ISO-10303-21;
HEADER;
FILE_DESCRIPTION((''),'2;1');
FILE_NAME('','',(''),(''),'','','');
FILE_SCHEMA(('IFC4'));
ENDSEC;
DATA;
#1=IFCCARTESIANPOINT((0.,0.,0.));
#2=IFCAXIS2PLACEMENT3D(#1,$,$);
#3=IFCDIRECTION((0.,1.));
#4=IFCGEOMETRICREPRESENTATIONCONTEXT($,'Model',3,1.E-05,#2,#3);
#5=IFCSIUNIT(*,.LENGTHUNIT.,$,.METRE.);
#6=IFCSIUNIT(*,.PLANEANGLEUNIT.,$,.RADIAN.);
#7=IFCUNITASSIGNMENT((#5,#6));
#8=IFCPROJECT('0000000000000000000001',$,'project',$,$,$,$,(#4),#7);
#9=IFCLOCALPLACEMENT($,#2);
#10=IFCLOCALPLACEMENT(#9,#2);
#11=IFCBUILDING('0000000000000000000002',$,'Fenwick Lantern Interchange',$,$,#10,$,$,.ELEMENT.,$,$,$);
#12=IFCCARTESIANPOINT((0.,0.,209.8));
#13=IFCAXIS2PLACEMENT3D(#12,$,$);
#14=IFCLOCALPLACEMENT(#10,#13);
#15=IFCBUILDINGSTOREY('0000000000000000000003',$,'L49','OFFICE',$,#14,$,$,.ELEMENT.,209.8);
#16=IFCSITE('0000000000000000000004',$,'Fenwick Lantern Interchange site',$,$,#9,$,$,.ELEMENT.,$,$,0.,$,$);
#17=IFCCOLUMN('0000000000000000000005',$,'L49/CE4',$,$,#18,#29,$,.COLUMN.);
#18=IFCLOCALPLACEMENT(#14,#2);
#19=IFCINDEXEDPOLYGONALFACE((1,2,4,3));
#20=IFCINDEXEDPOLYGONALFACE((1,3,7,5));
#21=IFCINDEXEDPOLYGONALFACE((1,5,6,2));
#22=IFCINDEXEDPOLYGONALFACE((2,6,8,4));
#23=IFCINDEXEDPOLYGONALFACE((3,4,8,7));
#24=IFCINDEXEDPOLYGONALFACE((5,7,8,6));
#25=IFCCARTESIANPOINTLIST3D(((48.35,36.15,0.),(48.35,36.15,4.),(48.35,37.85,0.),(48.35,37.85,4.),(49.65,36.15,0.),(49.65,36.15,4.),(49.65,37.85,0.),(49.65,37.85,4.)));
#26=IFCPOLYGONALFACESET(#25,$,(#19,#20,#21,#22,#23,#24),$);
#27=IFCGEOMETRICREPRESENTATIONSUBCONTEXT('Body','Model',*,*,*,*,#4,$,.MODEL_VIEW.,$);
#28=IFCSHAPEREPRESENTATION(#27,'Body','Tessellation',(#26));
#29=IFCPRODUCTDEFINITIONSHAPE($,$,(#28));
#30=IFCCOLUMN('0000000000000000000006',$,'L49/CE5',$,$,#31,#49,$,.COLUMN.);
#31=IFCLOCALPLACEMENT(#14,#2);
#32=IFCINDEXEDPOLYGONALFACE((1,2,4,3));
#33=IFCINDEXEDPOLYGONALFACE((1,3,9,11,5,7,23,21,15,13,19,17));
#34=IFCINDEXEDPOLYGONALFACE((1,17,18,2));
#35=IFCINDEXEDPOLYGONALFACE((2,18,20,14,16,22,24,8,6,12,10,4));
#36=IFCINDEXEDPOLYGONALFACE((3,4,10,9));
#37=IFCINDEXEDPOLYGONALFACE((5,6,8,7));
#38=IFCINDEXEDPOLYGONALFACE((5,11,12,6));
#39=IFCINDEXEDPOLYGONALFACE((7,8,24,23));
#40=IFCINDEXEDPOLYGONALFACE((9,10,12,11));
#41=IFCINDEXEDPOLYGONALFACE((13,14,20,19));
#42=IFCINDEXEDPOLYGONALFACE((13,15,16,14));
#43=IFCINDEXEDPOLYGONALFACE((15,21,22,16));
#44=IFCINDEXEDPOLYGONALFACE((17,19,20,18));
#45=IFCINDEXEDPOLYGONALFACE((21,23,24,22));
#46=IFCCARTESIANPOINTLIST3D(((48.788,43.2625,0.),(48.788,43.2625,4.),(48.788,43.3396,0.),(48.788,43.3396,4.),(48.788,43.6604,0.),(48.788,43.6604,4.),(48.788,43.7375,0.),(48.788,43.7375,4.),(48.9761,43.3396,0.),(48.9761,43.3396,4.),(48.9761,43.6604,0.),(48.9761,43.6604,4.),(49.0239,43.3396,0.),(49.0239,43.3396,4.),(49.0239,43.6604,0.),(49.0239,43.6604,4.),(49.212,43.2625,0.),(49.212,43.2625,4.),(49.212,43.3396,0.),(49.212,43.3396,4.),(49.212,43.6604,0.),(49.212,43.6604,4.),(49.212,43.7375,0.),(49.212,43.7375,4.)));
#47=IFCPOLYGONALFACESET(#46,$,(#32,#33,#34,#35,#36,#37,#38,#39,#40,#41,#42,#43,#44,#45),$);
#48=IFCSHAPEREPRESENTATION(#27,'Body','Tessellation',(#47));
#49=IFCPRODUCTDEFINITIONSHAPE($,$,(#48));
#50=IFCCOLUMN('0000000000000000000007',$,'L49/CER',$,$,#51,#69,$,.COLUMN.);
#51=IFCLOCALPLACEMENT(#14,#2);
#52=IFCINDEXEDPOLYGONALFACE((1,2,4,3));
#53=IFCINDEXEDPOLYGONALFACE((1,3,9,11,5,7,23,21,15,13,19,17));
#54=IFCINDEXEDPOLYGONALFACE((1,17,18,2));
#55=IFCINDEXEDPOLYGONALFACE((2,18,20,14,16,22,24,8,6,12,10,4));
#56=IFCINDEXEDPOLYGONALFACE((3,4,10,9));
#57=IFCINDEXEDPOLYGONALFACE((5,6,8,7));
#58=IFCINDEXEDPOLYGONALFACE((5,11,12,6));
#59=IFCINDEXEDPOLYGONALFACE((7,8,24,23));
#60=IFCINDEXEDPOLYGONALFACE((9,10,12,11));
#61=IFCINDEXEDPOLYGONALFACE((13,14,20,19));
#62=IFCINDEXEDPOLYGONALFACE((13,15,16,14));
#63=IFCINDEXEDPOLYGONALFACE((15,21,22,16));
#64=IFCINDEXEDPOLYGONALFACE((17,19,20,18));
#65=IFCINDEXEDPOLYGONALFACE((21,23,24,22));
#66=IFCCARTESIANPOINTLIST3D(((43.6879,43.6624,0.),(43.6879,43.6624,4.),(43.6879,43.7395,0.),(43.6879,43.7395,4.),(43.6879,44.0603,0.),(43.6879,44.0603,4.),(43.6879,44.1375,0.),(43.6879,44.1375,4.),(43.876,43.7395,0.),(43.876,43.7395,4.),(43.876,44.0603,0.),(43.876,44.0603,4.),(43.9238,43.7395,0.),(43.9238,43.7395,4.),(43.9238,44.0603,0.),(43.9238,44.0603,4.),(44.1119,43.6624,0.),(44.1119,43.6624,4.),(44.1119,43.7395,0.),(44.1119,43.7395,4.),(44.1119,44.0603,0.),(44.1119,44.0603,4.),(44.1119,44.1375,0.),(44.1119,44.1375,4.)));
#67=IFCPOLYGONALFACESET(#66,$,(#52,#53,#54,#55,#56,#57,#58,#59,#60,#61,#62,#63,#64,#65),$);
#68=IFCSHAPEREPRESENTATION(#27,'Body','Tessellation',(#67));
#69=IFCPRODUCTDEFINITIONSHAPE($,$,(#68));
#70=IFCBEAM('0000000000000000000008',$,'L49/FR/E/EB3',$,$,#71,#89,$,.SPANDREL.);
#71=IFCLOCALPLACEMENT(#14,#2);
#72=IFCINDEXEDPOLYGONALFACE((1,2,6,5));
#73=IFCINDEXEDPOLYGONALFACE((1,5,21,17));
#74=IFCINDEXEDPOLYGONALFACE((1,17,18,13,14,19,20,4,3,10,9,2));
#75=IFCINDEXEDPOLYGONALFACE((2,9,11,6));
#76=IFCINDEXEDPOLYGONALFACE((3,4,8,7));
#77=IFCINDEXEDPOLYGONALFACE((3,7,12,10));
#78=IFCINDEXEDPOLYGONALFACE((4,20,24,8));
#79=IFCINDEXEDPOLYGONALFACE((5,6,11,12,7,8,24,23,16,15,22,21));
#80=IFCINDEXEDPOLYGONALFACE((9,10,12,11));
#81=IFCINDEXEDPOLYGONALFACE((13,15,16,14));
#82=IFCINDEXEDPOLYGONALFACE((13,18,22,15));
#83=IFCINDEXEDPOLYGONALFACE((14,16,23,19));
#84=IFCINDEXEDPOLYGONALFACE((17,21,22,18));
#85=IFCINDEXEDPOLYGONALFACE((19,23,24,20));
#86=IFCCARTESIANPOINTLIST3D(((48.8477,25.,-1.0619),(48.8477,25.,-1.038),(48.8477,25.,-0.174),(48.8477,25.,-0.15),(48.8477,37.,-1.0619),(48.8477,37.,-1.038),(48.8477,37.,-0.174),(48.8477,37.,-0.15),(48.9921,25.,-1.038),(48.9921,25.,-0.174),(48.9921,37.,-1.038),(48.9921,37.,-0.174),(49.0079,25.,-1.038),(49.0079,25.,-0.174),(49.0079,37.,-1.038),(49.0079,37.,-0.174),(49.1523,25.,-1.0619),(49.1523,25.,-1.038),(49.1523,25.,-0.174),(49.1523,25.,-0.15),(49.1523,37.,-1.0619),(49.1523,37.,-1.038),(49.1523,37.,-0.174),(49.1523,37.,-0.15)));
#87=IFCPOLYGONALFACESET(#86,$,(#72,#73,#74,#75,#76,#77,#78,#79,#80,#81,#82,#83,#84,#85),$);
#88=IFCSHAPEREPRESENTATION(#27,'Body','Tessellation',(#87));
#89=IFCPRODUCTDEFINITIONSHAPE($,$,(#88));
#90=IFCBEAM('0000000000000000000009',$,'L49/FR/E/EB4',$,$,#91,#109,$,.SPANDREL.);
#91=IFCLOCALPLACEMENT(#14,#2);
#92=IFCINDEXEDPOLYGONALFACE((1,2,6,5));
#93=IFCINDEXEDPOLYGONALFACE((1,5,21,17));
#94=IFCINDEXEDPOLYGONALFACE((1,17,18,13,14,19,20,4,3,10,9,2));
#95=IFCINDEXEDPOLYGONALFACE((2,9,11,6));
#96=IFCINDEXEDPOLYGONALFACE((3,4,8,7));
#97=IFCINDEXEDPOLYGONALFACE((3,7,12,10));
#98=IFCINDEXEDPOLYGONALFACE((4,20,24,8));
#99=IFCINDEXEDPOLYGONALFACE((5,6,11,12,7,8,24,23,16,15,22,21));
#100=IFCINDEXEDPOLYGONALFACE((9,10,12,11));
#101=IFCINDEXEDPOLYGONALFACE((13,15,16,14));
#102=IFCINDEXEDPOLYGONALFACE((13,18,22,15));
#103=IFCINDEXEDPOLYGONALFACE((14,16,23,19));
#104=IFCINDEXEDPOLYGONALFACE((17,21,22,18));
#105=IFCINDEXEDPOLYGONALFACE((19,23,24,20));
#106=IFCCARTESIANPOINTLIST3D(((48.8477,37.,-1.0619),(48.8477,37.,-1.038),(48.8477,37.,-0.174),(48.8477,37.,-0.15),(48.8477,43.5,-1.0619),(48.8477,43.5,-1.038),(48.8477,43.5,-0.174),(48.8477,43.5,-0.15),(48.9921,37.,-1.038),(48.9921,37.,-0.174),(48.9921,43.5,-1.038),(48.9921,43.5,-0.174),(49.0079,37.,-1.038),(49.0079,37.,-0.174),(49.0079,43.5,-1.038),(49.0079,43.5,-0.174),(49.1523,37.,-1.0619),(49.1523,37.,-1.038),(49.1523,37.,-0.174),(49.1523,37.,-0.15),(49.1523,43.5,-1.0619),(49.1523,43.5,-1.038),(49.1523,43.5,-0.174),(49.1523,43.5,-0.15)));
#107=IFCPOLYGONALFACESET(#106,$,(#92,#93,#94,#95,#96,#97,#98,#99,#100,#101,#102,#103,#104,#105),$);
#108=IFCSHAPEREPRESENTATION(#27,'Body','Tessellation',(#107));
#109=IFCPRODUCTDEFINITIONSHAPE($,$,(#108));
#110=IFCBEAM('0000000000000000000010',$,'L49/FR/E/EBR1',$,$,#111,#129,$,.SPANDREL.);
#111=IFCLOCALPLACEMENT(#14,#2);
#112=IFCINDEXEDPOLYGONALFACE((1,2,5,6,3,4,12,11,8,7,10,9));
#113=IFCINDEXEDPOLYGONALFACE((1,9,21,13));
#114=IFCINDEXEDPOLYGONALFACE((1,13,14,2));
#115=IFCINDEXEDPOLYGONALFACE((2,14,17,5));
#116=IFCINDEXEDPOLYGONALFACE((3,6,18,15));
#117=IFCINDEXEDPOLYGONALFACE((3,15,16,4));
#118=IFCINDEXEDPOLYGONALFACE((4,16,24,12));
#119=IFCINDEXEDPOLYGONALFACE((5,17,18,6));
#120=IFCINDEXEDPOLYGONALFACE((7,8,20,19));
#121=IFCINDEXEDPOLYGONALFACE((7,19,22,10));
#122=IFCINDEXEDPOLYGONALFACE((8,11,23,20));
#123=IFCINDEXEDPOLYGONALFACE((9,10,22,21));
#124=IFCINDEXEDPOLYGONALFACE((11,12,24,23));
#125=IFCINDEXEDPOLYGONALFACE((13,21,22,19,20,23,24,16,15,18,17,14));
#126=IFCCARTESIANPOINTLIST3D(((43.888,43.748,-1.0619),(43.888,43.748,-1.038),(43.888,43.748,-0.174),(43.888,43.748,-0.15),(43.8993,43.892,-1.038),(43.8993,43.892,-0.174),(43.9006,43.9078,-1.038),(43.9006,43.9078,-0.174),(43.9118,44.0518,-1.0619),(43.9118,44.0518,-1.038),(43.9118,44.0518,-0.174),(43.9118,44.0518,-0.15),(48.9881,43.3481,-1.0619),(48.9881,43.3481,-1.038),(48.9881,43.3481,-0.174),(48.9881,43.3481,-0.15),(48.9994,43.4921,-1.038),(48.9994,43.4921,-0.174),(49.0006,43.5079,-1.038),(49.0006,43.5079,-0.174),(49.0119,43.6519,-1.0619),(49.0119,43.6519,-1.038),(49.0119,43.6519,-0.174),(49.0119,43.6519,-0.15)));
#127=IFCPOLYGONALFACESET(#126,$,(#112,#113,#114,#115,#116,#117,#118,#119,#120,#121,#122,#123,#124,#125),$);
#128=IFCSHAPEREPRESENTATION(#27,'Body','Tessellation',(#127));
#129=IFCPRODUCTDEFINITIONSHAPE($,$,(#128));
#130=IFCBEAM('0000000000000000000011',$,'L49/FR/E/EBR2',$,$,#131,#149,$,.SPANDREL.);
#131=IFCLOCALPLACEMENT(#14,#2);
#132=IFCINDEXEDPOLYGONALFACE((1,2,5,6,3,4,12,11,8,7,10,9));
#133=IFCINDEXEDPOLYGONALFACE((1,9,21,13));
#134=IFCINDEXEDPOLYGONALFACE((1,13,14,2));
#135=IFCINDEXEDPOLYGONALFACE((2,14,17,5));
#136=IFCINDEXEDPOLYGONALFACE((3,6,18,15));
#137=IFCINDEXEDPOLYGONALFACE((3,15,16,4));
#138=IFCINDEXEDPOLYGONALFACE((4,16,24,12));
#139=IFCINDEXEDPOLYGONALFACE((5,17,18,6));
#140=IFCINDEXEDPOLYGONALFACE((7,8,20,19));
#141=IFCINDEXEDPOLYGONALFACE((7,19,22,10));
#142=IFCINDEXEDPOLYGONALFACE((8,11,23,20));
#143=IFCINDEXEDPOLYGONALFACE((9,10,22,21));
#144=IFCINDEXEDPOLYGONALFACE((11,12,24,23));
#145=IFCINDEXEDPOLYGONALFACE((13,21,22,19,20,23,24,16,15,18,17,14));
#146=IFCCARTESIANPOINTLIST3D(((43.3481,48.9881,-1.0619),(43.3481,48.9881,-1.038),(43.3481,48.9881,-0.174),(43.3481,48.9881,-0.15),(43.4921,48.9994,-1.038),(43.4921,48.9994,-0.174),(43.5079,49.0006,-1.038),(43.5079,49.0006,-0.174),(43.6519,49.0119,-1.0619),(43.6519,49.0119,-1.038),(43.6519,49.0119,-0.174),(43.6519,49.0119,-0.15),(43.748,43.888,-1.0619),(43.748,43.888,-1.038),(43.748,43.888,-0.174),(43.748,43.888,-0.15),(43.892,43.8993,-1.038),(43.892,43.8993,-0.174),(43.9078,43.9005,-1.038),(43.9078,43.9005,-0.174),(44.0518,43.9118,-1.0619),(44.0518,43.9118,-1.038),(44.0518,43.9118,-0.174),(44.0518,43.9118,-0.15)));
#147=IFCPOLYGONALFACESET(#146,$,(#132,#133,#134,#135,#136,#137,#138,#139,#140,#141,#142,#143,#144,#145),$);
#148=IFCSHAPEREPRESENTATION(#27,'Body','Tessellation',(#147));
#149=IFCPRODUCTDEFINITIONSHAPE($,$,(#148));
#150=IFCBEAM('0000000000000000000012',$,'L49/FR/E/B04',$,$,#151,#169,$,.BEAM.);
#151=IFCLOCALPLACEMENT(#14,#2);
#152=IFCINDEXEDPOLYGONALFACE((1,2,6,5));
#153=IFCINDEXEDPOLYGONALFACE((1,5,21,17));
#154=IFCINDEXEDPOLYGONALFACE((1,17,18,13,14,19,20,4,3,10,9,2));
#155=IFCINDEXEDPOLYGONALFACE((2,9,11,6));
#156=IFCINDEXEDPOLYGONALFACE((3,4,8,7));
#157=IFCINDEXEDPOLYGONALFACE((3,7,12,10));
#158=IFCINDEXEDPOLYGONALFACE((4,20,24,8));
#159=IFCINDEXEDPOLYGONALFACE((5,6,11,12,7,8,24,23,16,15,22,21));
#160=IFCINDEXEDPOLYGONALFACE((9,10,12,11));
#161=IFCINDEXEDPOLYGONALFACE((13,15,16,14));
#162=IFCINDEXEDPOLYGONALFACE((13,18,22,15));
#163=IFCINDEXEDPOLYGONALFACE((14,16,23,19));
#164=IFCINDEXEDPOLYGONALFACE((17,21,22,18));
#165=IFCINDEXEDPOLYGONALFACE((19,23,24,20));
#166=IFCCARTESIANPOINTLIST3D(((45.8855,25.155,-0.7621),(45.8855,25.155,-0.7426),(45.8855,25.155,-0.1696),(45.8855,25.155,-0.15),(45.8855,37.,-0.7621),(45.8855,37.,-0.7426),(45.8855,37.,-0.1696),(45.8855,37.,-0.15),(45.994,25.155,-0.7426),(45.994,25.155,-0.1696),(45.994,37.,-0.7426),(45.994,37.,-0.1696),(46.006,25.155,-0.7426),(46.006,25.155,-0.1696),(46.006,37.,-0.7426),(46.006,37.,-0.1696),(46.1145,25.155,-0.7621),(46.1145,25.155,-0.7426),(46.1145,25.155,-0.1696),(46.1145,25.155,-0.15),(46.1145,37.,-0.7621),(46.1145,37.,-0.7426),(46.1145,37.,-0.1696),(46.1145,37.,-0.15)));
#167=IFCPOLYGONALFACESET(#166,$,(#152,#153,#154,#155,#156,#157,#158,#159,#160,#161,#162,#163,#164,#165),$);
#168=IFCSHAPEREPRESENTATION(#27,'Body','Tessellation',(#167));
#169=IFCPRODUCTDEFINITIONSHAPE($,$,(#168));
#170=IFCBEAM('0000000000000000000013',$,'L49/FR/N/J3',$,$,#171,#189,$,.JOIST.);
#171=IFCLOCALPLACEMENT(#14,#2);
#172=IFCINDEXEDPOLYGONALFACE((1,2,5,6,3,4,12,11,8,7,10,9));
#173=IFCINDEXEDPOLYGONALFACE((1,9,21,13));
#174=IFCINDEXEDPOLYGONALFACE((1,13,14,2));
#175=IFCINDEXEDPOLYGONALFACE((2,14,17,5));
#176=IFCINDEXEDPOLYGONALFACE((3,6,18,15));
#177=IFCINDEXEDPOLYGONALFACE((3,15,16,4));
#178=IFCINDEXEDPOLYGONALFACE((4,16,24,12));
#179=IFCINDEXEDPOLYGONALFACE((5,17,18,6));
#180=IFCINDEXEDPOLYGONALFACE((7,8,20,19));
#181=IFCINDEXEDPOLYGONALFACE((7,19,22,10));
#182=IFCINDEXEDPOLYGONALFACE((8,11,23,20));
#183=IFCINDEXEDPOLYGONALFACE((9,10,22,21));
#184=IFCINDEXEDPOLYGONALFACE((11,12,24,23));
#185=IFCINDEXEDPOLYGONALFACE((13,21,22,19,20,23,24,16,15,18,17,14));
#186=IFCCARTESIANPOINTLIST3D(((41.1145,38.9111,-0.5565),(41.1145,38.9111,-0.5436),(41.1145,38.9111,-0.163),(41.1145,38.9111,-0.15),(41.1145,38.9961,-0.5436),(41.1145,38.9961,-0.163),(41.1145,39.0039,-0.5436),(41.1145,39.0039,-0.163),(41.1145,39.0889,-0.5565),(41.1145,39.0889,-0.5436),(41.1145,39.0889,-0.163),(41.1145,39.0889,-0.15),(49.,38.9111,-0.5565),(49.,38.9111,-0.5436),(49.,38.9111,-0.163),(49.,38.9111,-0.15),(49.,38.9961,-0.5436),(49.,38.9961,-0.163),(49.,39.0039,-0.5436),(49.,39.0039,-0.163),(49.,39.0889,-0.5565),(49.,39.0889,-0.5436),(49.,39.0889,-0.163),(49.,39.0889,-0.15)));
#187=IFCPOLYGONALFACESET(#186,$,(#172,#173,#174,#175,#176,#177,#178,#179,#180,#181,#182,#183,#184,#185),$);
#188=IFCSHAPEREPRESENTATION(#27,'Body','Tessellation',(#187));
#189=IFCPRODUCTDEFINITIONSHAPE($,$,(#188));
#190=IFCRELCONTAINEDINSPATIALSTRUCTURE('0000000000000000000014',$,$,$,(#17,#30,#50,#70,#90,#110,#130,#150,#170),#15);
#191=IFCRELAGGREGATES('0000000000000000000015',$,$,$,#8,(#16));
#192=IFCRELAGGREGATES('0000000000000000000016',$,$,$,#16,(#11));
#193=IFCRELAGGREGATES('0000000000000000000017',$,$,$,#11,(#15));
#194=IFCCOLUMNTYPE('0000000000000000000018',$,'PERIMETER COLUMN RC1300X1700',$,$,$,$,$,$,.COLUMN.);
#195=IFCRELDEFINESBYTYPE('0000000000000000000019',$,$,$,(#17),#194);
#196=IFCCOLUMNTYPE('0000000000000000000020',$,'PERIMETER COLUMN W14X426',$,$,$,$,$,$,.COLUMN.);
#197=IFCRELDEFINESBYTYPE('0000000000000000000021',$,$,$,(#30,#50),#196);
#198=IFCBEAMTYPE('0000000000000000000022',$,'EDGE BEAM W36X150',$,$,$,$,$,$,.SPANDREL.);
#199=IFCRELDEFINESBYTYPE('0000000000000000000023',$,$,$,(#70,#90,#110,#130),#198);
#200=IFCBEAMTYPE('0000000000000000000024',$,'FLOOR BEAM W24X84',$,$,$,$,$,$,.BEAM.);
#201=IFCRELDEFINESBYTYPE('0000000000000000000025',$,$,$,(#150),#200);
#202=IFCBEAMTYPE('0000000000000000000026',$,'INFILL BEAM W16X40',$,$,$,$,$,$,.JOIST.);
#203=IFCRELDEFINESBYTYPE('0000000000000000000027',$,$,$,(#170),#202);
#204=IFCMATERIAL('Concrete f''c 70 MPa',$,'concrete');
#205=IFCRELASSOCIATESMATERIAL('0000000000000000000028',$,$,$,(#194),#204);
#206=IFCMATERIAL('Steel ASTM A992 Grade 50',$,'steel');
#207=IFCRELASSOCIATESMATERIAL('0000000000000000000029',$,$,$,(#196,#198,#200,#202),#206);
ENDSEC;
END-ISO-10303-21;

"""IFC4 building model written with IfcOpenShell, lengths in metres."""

from ifc_helpers import new_model, si_unit, direction, frame, origin, origin_2d, place, context, subcontext, project, spatial, rectangle, i_section, extrude, material, material_profile, profile_set, type_object, element, save


model = new_model("IFC4")

# Units and contexts
model_context = context("Model", 3, precision=1e-05, world=origin(), true_north=direction((0.0, 1.0)))
body_context = subcontext(model_context, "Body", "Model", "MODEL_VIEW")
ifc_project = project(units=[si_unit("LENGTHUNIT", "METRE"), si_unit("PLANEANGLEUNIT", "RADIAN")], contexts=[model_context])

# Site, building, storey
site_placement = place(None, origin())
site = spatial("IfcSite", under=ifc_project, at=site_placement, Name="Fenwick Lantern Interchange site", CompositionType="ELEMENT", RefElevation=0.0)
building_placement = place(site_placement, origin())
building = spatial("IfcBuilding", under=site, at=building_placement, Name="Fenwick Lantern Interchange", CompositionType="ELEMENT")
storey_placement = place(building_placement, frame((0.0, 0.0, 209.8)))
storey = spatial("IfcBuildingStorey", under=building, at=storey_placement, Name="L49", Description="OFFICE", CompositionType="ELEMENT", Elevation=209.8)

# Columns
ifc_material_1 = material(Name="Concrete f'c 70 MPa", Category="concrete")
ifc_material_profile_1 = material_profile(ifc_material_1, rectangle(XDim=1.3, YDim=1.7, at=origin_2d()), Name="RC1300X1700")
ifc_profile_set_1 = profile_set([ifc_material_profile_1], Name="Concrete f'c 70 MPa")
column_type_1 = type_object("IfcColumnType", Name="PERIMETER COLUMN RC1300X1700", PredefinedType="COLUMN", material=ifc_profile_set_1)
column_placement = place(storey_placement, frame((49.0, 37.0, 0.0), z_axis=(0.0, 0.0, 1.0), x_axis=(1.0, 0.0, 0.0)))
element("IfcColumn", 1, at=column_placement, inside=storey, type_object=column_type_1, Name="L49/CE4", PredefinedType="COLUMN", context=body_context, shape_type="SweptSolid", body=[
    extrude(rectangle(XDim=1.3, YDim=1.7, at=origin_2d()), origin(), (0.0, 0.0, 1.0), 4.0),
])
ifc_material_2 = material(Name="Steel ASTM A992 Grade 50", Category="steel")
ifc_material_profile_2 = material_profile(ifc_material_2, i_section(OverallWidth=0.4241, OverallDepth=0.4751, WebThickness=0.0479, FlangeThickness=0.0771, at=origin_2d()), Name="W14X426")
ifc_profile_set_2 = profile_set([ifc_material_profile_2], Name="Steel ASTM A992 Grade 50")
column_type_2 = type_object("IfcColumnType", Name="PERIMETER COLUMN W14X426", PredefinedType="COLUMN", material=ifc_profile_set_2)
for number, where, z_axis, x_axis, name in (
    (2, (49.0, 43.5, 0.0), (0.0, 0.0, 1.0), (1.0, 0.0, 0.0), "L49/CE5"),
    (3, (43.8999, 43.8999, 0.0), (0.0, 0.0, 1.0), (1.0, 0.0, 0.0), "L49/CER"),
):
    element("IfcColumn", number, at=place(storey_placement, frame(where, z_axis=z_axis, x_axis=x_axis)), inside=storey, type_object=column_type_2, Name=name, PredefinedType="COLUMN", context=body_context, shape_type="SweptSolid", body=[
        extrude(i_section(OverallWidth=0.4241, OverallDepth=0.4751, WebThickness=0.0479, FlangeThickness=0.0771, at=origin_2d()), origin(), (0.0, 0.0, 1.0), 4.0),
    ])

# Beams
ifc_material_profile_3 = material_profile(ifc_material_2, i_section(OverallWidth=0.3047, OverallDepth=0.9119, WebThickness=0.0159, FlangeThickness=0.0239, at=origin_2d()), Name="W36X150")
ifc_profile_set_3 = profile_set([ifc_material_profile_3], Name="Steel ASTM A992 Grade 50")
beam_type_1 = type_object("IfcBeamType", Name="EDGE BEAM W36X150", PredefinedType="SPANDREL", material=ifc_profile_set_3)
beam_1_placement = place(storey_placement, frame((49.0, 25.0, -0.606), z_axis=(0.0, 1.0, 0.0), x_axis=(-1.0, 0.0, 0.0)))
element("IfcBeam", 4, at=beam_1_placement, inside=storey, type_object=beam_type_1, Name="L49/FR/E/EB3", PredefinedType="SPANDREL", context=body_context, shape_type="SweptSolid", body=[
    extrude(i_section(OverallWidth=0.3047, OverallDepth=0.9119, WebThickness=0.0159, FlangeThickness=0.0239, at=origin_2d()), origin(), (0.0, 0.0, 1.0), 12.0),
])
beam_2_placement = place(storey_placement, frame((49.0, 37.0, -0.606), z_axis=(0.0, 1.0, 0.0), x_axis=(-1.0, 0.0, 0.0)))
element("IfcBeam", 5, at=beam_2_placement, inside=storey, type_object=beam_type_1, Name="L49/FR/E/EB4", PredefinedType="SPANDREL", context=body_context, shape_type="SweptSolid", body=[
    extrude(i_section(OverallWidth=0.3047, OverallDepth=0.9119, WebThickness=0.0159, FlangeThickness=0.0239, at=origin_2d()), origin(), (0.0, 0.0, 1.0), 6.5),
])
for number, where, z_axis, x_axis, name in (
    (6, (49.0, 43.5, -0.606), (-0.99694, 0.078171, 0.0), (-0.078171, -0.99694, 0.0), "L49/FR/E/EBR1"),
    (7, (43.8999, 43.8999, -0.606), (-0.078171, 0.99694, 0.0), (-0.99694, -0.078171, 0.0), "L49/FR/E/EBR2"),
):
    element("IfcBeam", number, at=place(storey_placement, frame(where, z_axis=z_axis, x_axis=x_axis)), inside=storey, type_object=beam_type_1, Name=name, PredefinedType="SPANDREL", context=body_context, shape_type="SweptSolid", body=[
        extrude(i_section(OverallWidth=0.3047, OverallDepth=0.9119, WebThickness=0.0159, FlangeThickness=0.0239, at=origin_2d()), origin(), (0.0, 0.0, 1.0), 5.1157),
    ])
ifc_material_profile_4 = material_profile(ifc_material_2, i_section(OverallWidth=0.229, OverallDepth=0.6121, WebThickness=0.012, FlangeThickness=0.0195, at=origin_2d()), Name="W24X84")
ifc_profile_set_4 = profile_set([ifc_material_profile_4], Name="Steel ASTM A992 Grade 50")
beam_type_2 = type_object("IfcBeamType", Name="FLOOR BEAM W24X84", PredefinedType="BEAM", material=ifc_profile_set_4)
beam_3_placement = place(storey_placement, frame((46.0, 25.155, -0.4561), z_axis=(0.0, 1.0, 0.0), x_axis=(-1.0, 0.0, 0.0)))
element("IfcBeam", 8, at=beam_3_placement, inside=storey, type_object=beam_type_2, Name="L49/FR/E/B04", PredefinedType="BEAM", context=body_context, shape_type="SweptSolid", body=[
    extrude(i_section(OverallWidth=0.229, OverallDepth=0.6121, WebThickness=0.012, FlangeThickness=0.0195, at=origin_2d()), origin(), (0.0, 0.0, 1.0), 11.845),
])
ifc_material_profile_5 = material_profile(ifc_material_2, i_section(OverallWidth=0.1777, OverallDepth=0.4065, WebThickness=0.0078, FlangeThickness=0.0129, at=origin_2d()), Name="W16X40")
ifc_profile_set_5 = profile_set([ifc_material_profile_5], Name="Steel ASTM A992 Grade 50")
beam_type_3 = type_object("IfcBeamType", Name="INFILL BEAM W16X40", PredefinedType="JOIST", material=ifc_profile_set_5)
beam_4_placement = place(storey_placement, frame((49.0, 39.0, -0.3533), z_axis=(-1.0, 0.0, 0.0), x_axis=(0.0, -1.0, 0.0)))
element("IfcBeam", 9, at=beam_4_placement, inside=storey, type_object=beam_type_3, Name="L49/FR/N/J3", PredefinedType="JOIST", context=body_context, shape_type="SweptSolid", body=[
    extrude(i_section(OverallWidth=0.1777, OverallDepth=0.4065, WebThickness=0.0078, FlangeThickness=0.0129, at=origin_2d()), origin(), (0.0, 0.0, 1.0), 7.8855),
])

save(model, "model.ifc")
